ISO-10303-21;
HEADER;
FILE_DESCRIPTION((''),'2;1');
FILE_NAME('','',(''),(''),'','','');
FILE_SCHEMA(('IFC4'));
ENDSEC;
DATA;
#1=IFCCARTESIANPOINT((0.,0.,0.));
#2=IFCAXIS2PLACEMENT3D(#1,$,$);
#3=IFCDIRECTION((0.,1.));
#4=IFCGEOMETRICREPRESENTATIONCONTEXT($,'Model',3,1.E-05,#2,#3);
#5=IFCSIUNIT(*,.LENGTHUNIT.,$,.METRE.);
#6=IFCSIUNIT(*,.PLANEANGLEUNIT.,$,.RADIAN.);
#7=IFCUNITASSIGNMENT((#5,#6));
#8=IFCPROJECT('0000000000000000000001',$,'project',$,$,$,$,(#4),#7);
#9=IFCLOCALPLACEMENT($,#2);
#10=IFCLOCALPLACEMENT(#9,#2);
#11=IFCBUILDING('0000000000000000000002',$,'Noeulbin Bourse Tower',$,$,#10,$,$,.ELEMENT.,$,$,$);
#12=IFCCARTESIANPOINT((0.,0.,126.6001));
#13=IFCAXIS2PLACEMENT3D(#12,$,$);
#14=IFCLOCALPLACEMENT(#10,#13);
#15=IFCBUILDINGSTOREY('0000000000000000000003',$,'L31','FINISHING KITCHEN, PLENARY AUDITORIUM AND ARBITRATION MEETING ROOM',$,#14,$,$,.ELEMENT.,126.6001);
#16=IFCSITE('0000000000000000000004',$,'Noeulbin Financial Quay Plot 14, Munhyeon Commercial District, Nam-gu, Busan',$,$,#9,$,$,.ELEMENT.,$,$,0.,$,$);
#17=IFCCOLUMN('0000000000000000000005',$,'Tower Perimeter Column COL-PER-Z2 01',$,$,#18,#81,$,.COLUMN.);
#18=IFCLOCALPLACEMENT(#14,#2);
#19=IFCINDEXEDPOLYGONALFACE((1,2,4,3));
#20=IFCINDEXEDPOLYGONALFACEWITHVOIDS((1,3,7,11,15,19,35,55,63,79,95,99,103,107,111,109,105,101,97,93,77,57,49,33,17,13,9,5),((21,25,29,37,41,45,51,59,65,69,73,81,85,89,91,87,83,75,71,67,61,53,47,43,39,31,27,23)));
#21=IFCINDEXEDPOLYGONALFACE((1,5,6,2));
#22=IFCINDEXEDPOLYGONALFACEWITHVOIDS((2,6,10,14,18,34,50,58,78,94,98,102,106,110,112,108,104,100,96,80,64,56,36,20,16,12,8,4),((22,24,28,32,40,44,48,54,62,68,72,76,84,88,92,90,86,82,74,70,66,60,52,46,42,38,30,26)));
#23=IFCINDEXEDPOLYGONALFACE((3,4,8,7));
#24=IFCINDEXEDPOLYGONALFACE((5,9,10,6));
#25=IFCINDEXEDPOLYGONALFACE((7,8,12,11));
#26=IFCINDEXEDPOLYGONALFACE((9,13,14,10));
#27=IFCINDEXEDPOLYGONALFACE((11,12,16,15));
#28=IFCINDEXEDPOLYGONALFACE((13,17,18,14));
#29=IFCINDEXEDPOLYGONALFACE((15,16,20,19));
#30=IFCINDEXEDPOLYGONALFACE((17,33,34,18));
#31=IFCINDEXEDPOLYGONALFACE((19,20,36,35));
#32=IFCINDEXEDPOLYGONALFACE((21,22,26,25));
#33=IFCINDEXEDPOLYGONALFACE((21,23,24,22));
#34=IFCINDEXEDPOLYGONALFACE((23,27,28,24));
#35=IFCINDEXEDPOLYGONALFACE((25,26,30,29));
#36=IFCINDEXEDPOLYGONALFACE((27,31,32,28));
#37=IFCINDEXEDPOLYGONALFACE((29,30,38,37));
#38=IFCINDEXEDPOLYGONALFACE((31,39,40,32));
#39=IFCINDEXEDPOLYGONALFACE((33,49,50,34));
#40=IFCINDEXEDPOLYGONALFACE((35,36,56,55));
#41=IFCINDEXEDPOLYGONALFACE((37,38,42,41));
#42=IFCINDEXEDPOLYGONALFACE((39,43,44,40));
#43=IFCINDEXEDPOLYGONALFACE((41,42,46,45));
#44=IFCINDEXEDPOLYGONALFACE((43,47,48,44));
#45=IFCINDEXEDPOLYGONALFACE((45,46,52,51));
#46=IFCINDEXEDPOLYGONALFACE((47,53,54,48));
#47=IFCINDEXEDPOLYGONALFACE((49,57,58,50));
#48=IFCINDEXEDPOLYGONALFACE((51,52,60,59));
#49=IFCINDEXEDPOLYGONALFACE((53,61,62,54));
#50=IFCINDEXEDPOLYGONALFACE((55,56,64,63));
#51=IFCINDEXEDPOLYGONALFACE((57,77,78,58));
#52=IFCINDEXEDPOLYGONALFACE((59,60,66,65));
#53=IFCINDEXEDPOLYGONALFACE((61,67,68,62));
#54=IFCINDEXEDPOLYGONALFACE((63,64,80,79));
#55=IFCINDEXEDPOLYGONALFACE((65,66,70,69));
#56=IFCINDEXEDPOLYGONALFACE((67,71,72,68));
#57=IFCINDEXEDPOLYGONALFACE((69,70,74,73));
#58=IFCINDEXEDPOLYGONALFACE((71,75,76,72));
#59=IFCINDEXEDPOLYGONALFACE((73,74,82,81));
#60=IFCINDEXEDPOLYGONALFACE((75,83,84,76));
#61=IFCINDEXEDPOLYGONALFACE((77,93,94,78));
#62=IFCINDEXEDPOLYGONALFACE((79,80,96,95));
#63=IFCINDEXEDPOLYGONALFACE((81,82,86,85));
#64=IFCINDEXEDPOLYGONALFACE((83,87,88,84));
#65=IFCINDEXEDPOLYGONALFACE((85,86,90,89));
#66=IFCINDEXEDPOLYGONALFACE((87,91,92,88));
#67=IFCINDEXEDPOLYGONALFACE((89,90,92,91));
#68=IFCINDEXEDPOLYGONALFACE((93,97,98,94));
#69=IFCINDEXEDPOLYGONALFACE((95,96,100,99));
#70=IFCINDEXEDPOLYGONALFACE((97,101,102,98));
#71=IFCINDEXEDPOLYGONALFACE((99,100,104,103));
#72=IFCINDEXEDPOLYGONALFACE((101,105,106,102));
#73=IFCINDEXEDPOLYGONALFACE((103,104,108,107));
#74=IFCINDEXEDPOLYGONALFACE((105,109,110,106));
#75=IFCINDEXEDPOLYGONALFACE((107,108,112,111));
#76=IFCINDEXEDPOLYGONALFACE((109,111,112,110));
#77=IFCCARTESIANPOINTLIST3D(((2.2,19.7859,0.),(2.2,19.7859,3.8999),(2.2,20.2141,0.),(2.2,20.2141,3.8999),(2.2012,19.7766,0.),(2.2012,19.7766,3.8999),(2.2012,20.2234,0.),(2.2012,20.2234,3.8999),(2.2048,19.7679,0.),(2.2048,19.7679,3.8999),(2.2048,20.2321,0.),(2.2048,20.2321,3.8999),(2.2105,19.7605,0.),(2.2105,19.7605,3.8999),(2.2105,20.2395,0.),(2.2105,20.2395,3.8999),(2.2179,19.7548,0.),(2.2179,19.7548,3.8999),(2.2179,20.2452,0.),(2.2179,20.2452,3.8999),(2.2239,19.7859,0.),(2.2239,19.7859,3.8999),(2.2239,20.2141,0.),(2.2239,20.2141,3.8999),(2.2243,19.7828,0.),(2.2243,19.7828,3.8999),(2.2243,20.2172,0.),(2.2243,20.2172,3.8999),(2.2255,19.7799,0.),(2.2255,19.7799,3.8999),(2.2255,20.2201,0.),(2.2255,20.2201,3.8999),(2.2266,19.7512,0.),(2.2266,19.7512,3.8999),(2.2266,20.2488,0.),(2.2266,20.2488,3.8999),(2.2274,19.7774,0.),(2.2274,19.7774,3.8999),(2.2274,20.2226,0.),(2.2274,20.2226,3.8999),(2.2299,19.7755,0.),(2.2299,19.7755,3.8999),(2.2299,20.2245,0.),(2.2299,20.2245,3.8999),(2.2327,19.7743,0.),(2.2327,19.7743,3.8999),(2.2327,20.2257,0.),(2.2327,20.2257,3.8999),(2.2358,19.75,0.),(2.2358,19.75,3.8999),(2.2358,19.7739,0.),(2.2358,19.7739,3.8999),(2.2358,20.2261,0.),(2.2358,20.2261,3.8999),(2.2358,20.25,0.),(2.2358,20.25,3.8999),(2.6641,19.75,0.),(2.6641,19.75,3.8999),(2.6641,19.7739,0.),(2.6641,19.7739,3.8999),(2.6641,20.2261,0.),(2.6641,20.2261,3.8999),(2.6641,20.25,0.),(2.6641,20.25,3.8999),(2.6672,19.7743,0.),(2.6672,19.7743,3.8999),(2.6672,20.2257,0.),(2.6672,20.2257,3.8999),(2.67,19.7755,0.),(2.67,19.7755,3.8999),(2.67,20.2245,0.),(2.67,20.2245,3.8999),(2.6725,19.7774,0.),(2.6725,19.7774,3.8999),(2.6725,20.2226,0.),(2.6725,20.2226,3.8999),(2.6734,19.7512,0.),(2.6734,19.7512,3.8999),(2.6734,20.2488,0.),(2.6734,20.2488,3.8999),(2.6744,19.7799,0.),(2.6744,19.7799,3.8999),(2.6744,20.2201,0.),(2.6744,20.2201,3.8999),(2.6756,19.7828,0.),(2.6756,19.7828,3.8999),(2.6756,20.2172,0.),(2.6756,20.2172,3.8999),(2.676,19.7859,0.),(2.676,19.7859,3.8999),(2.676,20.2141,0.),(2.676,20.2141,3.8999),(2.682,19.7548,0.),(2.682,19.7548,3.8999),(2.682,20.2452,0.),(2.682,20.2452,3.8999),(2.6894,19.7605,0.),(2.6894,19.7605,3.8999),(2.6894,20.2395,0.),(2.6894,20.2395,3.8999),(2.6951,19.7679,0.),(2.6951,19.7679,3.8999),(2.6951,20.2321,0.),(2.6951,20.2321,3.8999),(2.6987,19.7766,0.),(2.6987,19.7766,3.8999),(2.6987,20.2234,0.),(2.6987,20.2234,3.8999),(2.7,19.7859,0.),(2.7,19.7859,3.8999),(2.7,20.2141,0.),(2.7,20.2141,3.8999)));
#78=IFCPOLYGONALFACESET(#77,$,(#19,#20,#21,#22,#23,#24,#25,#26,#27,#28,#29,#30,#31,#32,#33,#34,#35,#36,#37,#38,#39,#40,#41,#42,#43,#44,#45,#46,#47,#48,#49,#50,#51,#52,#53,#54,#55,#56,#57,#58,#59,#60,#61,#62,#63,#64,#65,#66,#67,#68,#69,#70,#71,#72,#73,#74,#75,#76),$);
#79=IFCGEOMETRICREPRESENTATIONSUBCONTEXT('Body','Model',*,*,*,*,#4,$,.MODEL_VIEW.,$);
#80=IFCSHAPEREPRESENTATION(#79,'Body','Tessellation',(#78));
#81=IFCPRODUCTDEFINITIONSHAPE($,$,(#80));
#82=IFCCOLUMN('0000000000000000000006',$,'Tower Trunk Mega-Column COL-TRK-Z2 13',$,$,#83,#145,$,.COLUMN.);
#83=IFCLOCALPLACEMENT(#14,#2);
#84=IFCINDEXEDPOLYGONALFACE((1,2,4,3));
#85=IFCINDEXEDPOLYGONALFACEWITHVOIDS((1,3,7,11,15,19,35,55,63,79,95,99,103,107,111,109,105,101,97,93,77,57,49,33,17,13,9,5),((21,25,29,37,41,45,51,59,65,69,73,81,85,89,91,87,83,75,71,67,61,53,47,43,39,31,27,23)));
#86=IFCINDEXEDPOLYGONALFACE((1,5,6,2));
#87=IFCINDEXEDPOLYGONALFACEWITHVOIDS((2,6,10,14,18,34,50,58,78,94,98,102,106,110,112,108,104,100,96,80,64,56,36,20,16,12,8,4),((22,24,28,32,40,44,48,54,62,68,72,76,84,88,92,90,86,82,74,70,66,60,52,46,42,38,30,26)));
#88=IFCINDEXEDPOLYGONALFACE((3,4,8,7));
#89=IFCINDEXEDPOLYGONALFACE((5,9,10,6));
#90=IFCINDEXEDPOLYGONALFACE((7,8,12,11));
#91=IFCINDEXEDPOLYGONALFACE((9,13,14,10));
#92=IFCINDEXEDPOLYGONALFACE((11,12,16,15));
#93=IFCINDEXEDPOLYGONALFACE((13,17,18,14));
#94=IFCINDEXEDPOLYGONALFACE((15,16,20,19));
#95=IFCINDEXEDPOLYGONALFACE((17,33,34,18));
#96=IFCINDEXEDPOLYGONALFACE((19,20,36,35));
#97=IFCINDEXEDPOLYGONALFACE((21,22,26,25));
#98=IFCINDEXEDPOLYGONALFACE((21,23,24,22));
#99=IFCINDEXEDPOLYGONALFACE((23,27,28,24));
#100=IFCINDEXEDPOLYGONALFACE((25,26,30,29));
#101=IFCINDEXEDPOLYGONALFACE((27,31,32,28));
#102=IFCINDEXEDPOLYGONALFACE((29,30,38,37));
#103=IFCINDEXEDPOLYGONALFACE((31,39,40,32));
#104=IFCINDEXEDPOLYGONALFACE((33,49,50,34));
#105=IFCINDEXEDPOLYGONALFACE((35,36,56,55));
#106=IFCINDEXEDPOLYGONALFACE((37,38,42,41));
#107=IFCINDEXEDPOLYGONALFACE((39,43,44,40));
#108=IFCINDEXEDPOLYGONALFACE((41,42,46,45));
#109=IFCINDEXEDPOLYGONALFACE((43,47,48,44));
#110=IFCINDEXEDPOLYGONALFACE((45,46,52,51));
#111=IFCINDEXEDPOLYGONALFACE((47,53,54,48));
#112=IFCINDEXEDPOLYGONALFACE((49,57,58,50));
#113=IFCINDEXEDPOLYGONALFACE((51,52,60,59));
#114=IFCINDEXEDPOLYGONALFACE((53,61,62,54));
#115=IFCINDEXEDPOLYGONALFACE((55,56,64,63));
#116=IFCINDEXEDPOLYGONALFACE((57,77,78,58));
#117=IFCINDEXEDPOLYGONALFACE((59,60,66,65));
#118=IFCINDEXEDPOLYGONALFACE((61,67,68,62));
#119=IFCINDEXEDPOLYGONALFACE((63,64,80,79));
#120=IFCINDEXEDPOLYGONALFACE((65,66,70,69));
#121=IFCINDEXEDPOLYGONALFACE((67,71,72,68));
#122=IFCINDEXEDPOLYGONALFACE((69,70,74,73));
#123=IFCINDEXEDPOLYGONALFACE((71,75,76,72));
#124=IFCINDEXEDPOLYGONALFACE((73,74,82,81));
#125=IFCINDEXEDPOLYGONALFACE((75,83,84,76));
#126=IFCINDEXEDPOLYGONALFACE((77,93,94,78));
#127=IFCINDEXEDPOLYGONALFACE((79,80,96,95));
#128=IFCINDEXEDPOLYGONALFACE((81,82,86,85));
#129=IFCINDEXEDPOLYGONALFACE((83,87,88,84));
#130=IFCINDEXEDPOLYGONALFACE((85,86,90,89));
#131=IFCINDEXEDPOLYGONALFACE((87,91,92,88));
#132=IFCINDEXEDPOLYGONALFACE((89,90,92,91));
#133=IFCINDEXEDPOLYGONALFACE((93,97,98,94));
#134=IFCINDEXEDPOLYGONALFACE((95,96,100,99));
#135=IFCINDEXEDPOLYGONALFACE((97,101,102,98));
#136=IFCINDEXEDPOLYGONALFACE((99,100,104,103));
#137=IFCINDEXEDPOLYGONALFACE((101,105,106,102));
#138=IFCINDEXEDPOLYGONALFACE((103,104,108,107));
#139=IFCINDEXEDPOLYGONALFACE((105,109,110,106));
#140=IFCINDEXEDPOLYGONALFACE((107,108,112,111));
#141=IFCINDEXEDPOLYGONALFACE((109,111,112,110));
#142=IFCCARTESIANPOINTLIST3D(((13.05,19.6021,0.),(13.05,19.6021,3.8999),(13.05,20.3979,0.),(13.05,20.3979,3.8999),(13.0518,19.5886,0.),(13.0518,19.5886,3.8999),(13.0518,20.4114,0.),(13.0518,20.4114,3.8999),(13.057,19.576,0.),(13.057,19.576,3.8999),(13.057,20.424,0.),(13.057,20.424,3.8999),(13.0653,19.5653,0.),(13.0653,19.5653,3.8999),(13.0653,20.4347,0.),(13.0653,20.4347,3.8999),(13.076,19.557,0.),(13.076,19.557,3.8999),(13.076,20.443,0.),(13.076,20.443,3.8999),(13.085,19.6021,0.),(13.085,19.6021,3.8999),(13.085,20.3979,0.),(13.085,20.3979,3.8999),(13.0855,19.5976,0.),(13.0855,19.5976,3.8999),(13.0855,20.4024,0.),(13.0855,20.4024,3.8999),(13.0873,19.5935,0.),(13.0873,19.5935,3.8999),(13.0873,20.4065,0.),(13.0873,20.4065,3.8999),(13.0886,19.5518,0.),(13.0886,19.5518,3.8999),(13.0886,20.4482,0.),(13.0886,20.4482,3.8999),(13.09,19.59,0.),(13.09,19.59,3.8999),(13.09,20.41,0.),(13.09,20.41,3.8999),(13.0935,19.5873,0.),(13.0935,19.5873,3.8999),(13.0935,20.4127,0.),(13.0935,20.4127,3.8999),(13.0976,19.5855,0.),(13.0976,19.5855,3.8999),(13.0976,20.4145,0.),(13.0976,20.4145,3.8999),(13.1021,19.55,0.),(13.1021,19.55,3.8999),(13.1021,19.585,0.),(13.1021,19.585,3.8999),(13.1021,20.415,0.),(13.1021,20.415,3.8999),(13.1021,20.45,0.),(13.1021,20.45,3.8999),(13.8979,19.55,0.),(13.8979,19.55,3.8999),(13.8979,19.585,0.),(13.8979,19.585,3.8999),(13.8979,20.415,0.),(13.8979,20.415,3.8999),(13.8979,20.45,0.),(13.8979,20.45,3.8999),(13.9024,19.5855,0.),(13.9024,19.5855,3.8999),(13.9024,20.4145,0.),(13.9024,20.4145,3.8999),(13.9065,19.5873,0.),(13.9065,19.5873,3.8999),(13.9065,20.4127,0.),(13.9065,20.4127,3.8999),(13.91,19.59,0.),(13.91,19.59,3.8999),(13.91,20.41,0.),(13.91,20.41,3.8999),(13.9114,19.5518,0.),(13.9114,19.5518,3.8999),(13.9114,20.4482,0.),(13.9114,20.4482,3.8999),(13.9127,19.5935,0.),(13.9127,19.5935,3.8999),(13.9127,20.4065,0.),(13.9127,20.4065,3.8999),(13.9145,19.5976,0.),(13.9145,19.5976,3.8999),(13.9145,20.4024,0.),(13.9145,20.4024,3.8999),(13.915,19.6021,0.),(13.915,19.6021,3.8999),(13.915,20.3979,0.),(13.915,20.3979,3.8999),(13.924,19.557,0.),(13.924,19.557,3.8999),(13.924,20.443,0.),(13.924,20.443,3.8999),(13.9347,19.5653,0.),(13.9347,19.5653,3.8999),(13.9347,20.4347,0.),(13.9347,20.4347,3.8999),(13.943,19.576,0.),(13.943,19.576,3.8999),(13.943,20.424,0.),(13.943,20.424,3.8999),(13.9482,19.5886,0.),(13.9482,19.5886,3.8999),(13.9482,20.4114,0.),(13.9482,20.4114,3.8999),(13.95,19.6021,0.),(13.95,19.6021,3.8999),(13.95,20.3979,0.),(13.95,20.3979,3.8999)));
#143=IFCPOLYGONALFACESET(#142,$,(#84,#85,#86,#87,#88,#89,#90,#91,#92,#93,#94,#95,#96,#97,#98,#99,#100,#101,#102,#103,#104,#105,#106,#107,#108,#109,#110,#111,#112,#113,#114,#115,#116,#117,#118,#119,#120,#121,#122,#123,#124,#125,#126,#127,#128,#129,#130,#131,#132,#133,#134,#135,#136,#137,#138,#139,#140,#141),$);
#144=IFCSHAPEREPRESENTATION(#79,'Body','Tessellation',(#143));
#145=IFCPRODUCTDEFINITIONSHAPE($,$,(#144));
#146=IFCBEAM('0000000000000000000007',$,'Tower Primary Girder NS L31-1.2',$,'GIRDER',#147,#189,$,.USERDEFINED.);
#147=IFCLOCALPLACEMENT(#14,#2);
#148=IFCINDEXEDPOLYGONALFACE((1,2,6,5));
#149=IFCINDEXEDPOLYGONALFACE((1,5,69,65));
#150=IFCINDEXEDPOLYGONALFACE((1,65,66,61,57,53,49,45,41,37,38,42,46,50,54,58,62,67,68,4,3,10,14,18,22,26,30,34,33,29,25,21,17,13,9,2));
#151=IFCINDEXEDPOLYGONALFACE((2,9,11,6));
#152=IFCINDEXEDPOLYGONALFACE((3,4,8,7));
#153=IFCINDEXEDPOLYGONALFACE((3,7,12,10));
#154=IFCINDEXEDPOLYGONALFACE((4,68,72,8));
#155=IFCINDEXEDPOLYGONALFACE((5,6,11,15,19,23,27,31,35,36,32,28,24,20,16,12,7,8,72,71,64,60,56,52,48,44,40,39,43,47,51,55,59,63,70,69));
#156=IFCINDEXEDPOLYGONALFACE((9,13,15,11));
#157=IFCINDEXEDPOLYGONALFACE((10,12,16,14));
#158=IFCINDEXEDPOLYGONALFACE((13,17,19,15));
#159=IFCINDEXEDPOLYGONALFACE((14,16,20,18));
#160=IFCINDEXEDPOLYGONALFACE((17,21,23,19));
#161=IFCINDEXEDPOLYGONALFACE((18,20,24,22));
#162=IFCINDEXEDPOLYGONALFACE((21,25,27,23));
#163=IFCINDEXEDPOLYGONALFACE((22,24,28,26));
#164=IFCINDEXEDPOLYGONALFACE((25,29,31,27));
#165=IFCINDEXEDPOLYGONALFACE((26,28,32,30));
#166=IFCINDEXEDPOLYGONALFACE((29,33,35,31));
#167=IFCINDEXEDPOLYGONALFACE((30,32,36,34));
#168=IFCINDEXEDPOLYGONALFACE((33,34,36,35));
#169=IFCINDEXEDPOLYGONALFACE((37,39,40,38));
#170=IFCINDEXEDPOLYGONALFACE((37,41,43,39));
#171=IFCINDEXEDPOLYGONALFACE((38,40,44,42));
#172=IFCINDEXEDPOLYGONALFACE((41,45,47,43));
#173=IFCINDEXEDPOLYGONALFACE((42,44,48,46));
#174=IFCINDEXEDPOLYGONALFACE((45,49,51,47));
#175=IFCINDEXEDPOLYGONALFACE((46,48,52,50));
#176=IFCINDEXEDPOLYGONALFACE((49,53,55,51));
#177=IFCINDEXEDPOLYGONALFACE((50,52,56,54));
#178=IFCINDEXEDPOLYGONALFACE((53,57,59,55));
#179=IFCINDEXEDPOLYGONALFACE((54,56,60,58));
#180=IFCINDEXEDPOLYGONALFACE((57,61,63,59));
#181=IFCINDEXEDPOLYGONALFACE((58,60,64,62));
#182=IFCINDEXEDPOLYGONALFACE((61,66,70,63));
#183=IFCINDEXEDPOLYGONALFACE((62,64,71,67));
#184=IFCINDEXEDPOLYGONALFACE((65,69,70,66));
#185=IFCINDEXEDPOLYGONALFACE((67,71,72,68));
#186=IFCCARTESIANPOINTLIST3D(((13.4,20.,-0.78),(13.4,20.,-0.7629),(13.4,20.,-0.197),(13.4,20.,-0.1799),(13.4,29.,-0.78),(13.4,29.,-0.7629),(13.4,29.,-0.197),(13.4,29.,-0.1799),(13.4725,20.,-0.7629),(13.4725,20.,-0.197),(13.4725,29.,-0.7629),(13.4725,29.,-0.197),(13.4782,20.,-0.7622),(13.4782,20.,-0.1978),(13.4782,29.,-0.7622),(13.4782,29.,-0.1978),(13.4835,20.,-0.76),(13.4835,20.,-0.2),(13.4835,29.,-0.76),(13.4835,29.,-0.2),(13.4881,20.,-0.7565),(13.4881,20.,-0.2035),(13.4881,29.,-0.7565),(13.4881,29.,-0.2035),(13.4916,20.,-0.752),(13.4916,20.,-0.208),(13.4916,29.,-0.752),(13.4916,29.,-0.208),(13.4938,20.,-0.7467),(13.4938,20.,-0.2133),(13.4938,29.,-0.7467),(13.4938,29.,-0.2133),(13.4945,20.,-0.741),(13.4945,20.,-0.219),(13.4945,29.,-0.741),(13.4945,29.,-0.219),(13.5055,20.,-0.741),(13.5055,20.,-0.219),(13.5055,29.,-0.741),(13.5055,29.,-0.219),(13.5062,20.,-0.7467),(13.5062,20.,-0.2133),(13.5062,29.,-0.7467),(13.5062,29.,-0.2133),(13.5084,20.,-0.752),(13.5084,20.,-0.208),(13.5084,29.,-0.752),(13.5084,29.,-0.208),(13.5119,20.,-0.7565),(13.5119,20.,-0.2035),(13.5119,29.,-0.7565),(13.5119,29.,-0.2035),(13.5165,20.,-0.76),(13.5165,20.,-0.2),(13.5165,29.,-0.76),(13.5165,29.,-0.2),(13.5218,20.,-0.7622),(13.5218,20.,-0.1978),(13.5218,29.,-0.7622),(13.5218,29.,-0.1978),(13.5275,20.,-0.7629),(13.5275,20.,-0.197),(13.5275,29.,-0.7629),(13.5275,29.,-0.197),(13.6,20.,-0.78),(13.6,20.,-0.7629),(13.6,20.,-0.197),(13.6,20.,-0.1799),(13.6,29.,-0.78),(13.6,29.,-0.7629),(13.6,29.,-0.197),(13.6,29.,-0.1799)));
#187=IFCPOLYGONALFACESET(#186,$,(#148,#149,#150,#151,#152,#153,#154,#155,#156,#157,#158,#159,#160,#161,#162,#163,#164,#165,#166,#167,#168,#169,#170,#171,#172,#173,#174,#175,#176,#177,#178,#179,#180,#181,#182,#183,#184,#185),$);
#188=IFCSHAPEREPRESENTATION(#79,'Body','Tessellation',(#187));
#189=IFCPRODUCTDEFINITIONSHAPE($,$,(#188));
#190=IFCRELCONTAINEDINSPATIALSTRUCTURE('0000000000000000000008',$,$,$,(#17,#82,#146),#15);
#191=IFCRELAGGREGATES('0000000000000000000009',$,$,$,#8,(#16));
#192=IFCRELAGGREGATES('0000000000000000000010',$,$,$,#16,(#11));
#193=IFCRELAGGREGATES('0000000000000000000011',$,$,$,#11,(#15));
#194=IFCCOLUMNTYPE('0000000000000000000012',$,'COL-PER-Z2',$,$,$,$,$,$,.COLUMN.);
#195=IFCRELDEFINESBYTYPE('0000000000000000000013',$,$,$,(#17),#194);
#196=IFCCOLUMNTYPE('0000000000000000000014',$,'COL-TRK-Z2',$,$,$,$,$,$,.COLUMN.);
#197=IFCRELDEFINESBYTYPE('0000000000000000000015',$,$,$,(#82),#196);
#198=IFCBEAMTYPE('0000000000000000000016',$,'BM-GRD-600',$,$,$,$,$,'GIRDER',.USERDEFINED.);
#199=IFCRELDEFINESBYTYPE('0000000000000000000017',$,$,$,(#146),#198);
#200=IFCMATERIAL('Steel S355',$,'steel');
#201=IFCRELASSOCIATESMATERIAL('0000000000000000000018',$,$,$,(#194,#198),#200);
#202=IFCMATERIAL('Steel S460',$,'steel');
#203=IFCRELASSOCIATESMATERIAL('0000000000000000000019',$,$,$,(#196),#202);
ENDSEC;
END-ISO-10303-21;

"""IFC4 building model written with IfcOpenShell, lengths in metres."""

from ifc_helpers import new_model, si_unit, direction, frame, origin, origin_2d, place, context, subcontext, project, spatial, hollow_rectangle, i_section, extrude, material, material_profile, profile_set, type_object, element, save


model = new_model("IFC4")

# Units and contexts
model_context = context("Model", 3, precision=1e-05, world=origin(), true_north=direction((0.0, 1.0)))
body_context = subcontext(model_context, "Body", "Model", "MODEL_VIEW")
ifc_project = project(units=[si_unit("LENGTHUNIT", "METRE"), si_unit("PLANEANGLEUNIT", "RADIAN")], contexts=[model_context])

# Site, building, storey
site_placement = place(None, origin())
site = spatial("IfcSite", under=ifc_project, at=site_placement, Name="Noeulbin Financial Quay Plot 14, Munhyeon Commercial District, Nam-gu, Busan", CompositionType="ELEMENT", RefElevation=0.0)
building_placement = place(site_placement, origin())
building = spatial("IfcBuilding", under=site, at=building_placement, Name="Noeulbin Bourse Tower", CompositionType="ELEMENT")
storey_placement = place(building_placement, frame((0.0, 0.0, 126.6001)))
storey = spatial("IfcBuildingStorey", under=building, at=storey_placement, Name="L31", Description="FINISHING KITCHEN, PLENARY AUDITORIUM AND ARBITRATION MEETING ROOM", CompositionType="ELEMENT", Elevation=126.6001)

# Columns
ifc_material_1 = material(Name="Steel S355", Category="steel")
ifc_material_profile_1 = material_profile(ifc_material_1, hollow_rectangle(XDim=0.5, YDim=0.5, WallThickness=0.0239, InnerFilletRadius=0.012, OuterFilletRadius=0.0359, at=origin_2d()), Name="BOX-500x500x24", Category="LoadBearing")
ifc_profile_set_1 = profile_set([ifc_material_profile_1], Name="Steel S355")
column_type_1 = type_object("IfcColumnType", Name="COL-PER-Z2", PredefinedType="COLUMN", material=ifc_profile_set_1)
column_1_placement = place(storey_placement, frame((2.45, 20.0, 0.0), z_axis=(0.0, 0.0, 1.0), x_axis=(1.0, 0.0, 0.0)))
element("IfcColumn", 1, at=column_1_placement, inside=storey, type_object=column_type_1, Name="Tower Perimeter Column COL-PER-Z2 01", PredefinedType="COLUMN", context=body_context, shape_type="SweptSolid", body=[
    extrude(hollow_rectangle(XDim=0.5, YDim=0.5, WallThickness=0.0239, InnerFilletRadius=0.012, OuterFilletRadius=0.0359, at=origin_2d()), origin(), (0.0, 0.0, 1.0), 3.8999),
])
ifc_material_2 = material(Name="Steel S460", Category="steel")
ifc_material_profile_2 = material_profile(ifc_material_2, hollow_rectangle(XDim=0.8999, YDim=0.8999, WallThickness=0.0349, InnerFilletRadius=0.0171, OuterFilletRadius=0.052, at=origin_2d()), Name="BOX-900x900x35", Category="LoadBearing")
ifc_profile_set_2 = profile_set([ifc_material_profile_2], Name="Steel S460")
column_type_2 = type_object("IfcColumnType", Name="COL-TRK-Z2", PredefinedType="COLUMN", material=ifc_profile_set_2)
column_2_placement = place(storey_placement, frame((13.5, 20.0, 0.0), z_axis=(0.0, 0.0, 1.0), x_axis=(1.0, 0.0, 0.0)))
element("IfcColumn", 2, at=column_2_placement, inside=storey, type_object=column_type_2, Name="Tower Trunk Mega-Column COL-TRK-Z2 13", PredefinedType="COLUMN", context=body_context, shape_type="SweptSolid", body=[
    extrude(hollow_rectangle(XDim=0.8999, YDim=0.8999, WallThickness=0.0349, InnerFilletRadius=0.0171, OuterFilletRadius=0.052, at=origin_2d()), origin(), (0.0, 0.0, 1.0), 3.8999),
])

# Beam
ifc_material_profile_3 = material_profile(ifc_material_1, i_section(OverallWidth=0.2, OverallDepth=0.6001, WebThickness=0.011, FlangeThickness=0.0171, FilletRadius=0.022, at=origin_2d()), Name="H-600x200x11x17", Category="LoadBearing")
ifc_profile_set_3 = profile_set([ifc_material_profile_3], Name="Steel S355")
beam_type_1 = type_object("IfcBeamType", Name="BM-GRD-600", ElementType="GIRDER", PredefinedType="USERDEFINED", material=ifc_profile_set_3)
beam_1_placement = place(storey_placement, frame((13.5, 20.0, -0.48), z_axis=(0.0, 1.0, 0.0), x_axis=(-1.0, 0.0, 0.0)))
element("IfcBeam", 3, at=beam_1_placement, inside=storey, type_object=beam_type_1, Name="Tower Primary Girder NS L31-1.2", ObjectType="GIRDER", PredefinedType="USERDEFINED", context=body_context, shape_type="SweptSolid", body=[
    extrude(i_section(OverallWidth=0.2, OverallDepth=0.6001, WebThickness=0.011, FlangeThickness=0.0171, FilletRadius=0.022, at=origin_2d()), origin(), (0.0, 0.0, 1.0), 9.0),
])

save(model, "model.ifc")
